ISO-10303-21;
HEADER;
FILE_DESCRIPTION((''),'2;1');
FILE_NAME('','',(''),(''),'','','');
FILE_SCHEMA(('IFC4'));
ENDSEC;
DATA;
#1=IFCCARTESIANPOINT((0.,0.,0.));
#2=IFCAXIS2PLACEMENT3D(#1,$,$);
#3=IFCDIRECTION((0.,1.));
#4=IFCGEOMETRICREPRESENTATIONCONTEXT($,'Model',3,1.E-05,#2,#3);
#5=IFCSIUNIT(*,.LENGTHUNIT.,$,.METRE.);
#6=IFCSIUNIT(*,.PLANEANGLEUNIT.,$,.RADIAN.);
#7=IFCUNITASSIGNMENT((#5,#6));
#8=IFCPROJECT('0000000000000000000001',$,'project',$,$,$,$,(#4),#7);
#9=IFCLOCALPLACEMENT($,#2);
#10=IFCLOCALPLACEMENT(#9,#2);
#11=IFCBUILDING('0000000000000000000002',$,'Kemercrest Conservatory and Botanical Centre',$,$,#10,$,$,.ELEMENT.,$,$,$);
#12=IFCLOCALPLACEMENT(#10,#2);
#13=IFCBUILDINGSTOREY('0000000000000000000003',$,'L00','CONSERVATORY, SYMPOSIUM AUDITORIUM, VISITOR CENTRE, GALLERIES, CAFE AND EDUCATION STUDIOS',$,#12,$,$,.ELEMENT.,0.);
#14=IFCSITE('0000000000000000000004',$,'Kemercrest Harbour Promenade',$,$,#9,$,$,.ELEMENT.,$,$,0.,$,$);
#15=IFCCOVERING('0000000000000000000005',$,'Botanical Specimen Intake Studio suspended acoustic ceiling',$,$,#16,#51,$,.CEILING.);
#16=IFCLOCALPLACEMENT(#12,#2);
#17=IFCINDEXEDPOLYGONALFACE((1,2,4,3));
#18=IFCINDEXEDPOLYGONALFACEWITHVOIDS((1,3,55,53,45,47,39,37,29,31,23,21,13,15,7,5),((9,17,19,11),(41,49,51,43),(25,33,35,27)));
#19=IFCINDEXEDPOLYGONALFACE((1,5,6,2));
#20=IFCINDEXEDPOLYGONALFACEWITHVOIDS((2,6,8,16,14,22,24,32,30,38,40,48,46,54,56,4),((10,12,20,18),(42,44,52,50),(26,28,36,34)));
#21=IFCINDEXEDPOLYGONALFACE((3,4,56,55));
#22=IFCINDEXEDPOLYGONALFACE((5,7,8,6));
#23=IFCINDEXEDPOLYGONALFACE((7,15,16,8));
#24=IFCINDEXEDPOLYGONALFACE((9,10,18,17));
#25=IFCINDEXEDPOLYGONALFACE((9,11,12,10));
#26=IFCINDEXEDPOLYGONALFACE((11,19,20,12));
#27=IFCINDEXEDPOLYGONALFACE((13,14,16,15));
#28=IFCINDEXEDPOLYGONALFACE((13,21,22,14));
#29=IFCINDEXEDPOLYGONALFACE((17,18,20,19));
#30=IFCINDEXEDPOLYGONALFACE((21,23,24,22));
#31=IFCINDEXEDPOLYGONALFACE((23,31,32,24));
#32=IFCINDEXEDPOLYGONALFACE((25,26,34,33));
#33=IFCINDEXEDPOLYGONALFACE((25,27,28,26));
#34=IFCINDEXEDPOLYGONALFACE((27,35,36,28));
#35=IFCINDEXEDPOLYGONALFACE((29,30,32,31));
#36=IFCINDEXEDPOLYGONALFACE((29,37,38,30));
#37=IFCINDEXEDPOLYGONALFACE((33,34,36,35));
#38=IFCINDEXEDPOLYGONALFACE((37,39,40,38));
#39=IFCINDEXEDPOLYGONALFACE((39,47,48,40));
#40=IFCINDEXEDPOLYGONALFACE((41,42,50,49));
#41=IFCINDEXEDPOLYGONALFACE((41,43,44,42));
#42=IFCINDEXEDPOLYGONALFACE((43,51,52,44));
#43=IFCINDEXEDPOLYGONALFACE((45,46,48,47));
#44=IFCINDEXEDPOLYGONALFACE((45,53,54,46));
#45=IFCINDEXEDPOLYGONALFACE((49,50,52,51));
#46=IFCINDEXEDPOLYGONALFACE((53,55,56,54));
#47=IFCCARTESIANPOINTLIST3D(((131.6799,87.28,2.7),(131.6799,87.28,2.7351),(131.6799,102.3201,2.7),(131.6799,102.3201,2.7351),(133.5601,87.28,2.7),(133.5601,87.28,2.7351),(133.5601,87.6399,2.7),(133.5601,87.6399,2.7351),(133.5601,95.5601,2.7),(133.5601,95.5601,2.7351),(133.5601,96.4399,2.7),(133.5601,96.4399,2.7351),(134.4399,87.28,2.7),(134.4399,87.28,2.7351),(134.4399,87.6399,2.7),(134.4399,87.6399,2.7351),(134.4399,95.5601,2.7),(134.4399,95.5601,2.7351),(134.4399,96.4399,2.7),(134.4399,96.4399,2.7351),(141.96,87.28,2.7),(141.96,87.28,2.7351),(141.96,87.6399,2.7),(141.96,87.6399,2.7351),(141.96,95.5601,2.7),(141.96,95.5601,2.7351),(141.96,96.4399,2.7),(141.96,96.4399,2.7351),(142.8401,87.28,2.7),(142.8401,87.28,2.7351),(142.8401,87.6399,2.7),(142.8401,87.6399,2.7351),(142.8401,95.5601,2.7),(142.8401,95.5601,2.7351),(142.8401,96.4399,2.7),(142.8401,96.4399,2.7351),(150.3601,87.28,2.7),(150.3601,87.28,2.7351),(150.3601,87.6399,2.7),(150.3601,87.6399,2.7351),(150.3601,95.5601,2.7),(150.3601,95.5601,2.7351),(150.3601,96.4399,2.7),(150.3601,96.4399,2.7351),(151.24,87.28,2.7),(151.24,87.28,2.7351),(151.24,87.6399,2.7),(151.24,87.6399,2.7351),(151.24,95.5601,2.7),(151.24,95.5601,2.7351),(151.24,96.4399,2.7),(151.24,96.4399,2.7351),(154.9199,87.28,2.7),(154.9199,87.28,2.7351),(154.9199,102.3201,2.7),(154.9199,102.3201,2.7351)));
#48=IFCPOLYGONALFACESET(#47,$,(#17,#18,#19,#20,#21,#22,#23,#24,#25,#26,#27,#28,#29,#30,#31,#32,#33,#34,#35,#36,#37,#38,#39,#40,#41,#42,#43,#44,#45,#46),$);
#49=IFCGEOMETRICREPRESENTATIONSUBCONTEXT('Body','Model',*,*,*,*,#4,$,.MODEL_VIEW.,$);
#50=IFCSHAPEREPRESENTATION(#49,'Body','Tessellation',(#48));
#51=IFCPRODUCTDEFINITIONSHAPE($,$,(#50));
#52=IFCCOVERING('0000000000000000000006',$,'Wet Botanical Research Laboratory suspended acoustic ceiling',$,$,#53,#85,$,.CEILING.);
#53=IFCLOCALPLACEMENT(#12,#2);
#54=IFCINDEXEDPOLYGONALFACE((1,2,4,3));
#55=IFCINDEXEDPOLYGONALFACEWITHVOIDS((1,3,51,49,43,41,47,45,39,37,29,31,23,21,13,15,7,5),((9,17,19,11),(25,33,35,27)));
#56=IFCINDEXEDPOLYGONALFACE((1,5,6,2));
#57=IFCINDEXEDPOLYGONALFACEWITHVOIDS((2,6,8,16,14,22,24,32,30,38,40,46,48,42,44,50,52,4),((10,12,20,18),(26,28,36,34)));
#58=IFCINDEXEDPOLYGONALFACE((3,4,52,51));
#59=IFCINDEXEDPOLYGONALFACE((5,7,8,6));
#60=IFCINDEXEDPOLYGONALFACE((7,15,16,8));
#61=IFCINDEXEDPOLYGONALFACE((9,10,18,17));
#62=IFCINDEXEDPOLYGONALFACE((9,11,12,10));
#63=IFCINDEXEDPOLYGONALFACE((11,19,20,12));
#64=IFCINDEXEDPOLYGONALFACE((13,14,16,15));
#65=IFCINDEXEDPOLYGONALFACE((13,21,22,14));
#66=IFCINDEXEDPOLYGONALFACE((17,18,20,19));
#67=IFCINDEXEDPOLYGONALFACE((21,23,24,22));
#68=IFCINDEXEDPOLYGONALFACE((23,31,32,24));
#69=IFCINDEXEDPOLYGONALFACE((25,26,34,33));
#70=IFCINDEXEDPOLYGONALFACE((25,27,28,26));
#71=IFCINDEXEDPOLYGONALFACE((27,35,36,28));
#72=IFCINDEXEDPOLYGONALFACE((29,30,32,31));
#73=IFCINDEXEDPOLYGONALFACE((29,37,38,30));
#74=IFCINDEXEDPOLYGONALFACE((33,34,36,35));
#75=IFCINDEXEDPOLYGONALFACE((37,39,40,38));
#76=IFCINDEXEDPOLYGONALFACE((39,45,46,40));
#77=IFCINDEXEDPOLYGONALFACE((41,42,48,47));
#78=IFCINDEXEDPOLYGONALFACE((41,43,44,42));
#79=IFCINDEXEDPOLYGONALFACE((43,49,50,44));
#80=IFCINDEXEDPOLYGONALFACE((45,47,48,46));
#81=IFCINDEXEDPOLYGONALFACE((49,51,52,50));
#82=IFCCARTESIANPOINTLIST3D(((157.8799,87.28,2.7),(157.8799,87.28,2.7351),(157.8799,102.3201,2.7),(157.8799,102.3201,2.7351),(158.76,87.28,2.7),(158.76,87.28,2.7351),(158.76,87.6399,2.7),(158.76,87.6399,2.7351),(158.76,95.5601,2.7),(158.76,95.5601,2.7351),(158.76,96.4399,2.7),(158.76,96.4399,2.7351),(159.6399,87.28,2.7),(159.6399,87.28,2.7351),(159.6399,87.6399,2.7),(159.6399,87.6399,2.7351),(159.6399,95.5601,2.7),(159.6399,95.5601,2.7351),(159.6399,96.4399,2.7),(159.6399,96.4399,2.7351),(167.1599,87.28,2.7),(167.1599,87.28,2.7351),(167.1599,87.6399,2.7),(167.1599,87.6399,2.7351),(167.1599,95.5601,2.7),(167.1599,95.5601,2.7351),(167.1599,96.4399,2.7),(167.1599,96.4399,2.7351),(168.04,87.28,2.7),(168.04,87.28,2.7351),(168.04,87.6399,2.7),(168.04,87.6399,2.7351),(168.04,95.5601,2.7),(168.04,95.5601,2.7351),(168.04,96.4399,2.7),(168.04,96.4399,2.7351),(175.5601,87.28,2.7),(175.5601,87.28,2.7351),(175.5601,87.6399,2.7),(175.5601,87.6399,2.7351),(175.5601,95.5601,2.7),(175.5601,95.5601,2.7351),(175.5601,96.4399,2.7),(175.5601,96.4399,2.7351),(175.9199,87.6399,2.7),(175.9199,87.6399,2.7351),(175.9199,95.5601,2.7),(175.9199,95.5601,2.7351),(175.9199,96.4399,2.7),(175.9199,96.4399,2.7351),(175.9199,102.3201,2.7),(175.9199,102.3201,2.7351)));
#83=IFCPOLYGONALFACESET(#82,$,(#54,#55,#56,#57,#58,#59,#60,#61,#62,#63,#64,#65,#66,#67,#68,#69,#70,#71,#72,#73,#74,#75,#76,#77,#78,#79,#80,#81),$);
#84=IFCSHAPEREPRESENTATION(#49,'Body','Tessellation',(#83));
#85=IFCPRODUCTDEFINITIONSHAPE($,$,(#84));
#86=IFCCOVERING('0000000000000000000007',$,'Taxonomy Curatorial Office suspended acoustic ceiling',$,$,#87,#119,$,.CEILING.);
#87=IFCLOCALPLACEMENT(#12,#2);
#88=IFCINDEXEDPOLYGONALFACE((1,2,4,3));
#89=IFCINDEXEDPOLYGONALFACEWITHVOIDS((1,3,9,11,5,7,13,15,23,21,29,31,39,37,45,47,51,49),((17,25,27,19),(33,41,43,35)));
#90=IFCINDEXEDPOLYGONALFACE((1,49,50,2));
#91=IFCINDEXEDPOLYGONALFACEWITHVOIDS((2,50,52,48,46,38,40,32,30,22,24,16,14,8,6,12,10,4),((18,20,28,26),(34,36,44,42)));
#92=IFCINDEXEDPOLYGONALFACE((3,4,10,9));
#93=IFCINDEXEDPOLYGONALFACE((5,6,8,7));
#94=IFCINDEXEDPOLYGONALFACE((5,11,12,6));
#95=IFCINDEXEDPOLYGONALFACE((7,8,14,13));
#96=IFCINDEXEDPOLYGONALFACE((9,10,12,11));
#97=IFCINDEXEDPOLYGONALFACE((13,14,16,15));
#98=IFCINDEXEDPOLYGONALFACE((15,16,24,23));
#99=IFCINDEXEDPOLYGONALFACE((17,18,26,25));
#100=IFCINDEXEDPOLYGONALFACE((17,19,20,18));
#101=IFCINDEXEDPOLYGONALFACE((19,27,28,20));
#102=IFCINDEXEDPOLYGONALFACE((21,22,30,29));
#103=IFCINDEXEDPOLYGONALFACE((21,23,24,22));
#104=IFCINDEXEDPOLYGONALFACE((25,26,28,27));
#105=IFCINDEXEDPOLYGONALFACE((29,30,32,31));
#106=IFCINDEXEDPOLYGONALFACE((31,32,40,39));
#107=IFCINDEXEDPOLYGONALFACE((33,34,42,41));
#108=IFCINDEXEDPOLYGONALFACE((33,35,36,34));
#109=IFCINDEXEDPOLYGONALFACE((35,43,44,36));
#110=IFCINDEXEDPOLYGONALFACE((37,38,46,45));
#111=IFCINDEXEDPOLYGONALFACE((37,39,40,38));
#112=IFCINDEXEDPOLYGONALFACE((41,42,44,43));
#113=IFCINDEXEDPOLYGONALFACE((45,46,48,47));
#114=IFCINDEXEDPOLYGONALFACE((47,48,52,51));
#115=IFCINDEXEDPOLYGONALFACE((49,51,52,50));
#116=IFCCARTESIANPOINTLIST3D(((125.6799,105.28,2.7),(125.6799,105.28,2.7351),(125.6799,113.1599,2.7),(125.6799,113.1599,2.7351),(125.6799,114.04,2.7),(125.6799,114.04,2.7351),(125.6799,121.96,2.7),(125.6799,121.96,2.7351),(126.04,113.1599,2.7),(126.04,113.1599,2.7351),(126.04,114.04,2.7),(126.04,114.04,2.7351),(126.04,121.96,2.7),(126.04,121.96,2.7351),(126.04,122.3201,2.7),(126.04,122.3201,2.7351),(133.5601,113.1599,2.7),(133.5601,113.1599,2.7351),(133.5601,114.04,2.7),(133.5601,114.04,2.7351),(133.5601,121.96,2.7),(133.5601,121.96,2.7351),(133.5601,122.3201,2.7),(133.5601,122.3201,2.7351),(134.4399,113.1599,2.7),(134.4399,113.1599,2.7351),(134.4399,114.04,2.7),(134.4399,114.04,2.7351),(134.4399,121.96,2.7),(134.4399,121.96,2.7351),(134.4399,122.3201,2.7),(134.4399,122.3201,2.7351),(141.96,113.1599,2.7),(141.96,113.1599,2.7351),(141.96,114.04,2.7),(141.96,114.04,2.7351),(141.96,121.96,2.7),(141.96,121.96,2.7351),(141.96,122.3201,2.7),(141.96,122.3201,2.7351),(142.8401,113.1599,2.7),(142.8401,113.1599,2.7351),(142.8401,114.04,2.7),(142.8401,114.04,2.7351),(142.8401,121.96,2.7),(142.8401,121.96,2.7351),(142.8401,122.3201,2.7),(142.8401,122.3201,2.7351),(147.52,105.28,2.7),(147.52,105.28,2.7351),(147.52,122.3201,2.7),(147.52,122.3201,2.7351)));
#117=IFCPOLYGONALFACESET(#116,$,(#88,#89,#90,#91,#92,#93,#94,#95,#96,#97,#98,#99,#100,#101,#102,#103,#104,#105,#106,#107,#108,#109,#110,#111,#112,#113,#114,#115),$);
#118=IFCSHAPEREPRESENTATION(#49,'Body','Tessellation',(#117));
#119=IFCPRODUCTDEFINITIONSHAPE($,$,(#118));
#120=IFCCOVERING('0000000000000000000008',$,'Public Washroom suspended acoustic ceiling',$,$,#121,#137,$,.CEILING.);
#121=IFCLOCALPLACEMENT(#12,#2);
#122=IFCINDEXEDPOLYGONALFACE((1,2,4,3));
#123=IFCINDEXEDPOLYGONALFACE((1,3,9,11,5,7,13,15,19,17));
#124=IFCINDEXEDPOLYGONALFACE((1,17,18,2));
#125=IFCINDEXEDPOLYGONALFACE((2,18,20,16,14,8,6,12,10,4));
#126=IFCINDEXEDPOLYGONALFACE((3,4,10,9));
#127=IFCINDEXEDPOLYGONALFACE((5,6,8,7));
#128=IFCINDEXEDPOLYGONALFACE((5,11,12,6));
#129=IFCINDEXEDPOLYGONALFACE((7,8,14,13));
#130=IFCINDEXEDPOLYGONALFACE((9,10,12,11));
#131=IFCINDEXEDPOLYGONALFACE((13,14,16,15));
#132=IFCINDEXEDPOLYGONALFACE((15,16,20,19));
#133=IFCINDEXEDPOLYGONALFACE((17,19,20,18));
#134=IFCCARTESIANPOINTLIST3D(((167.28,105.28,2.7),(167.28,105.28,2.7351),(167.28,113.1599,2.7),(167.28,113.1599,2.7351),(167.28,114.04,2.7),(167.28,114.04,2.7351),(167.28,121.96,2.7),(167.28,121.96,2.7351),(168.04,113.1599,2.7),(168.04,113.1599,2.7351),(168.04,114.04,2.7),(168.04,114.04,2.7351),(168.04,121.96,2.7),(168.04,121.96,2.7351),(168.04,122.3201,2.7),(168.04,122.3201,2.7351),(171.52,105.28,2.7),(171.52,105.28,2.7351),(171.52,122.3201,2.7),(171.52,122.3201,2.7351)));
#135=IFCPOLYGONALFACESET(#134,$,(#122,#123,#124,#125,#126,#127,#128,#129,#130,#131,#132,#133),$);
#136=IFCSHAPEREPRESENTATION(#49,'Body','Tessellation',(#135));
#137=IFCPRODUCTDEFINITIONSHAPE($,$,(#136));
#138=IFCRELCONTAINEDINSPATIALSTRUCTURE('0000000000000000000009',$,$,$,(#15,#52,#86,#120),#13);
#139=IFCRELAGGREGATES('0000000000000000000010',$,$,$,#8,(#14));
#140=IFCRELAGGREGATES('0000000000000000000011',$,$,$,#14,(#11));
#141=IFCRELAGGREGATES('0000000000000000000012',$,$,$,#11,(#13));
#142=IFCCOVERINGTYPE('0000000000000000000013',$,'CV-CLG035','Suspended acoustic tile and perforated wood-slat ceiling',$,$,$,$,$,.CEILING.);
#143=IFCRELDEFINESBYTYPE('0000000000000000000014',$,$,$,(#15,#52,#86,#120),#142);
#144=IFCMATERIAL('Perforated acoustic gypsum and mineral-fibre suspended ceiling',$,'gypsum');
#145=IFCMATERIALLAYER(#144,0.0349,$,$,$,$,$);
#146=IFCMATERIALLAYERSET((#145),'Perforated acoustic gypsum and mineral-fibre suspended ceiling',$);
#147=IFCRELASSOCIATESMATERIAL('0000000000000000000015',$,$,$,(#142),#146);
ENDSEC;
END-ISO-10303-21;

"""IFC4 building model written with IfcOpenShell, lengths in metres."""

from ifc_helpers import new_model, si_unit, direction, frame, origin, place, context, subcontext, project, spatial, polyline, outline, extrude, material, layer, layer_set, type_object, element, save


model = new_model("IFC4")

# Units and contexts
model_context = context("Model", 3, precision=1e-05, world=origin(), true_north=direction((0.0, 1.0)))
body_context = subcontext(model_context, "Body", "Model", "MODEL_VIEW")
ifc_project = project(units=[si_unit("LENGTHUNIT", "METRE"), si_unit("PLANEANGLEUNIT", "RADIAN")], contexts=[model_context])

# Site, building, storey
site_placement = place(None, origin())
site = spatial("IfcSite", under=ifc_project, at=site_placement, Name="Kemercrest Harbour Promenade", CompositionType="ELEMENT", RefElevation=0.0)
building_placement = place(site_placement, origin())
building = spatial("IfcBuilding", under=site, at=building_placement, Name="Kemercrest Conservatory and Botanical Centre", CompositionType="ELEMENT")
storey_placement = place(building_placement, origin())
storey = spatial("IfcBuildingStorey", under=building, at=storey_placement, Name="L00", Description="CONSERVATORY, SYMPOSIUM AUDITORIUM, VISITOR CENTRE, GALLERIES, CAFE AND EDUCATION STUDIOS", CompositionType="ELEMENT", Elevation=0.0)

# Coverings
ifc_material = material(Name="Perforated acoustic gypsum and mineral-fibre suspended ceiling", Category="gypsum")
ifc_layer = layer(ifc_material, 0.0349)
ifc_layer_set = layer_set([ifc_layer], Name="Perforated acoustic gypsum and mineral-fibre suspended ceiling")
covering_type = type_object("IfcCoveringType", Name="CV-CLG035", Description="Suspended acoustic tile and perforated wood-slat ceiling", PredefinedType="CEILING", material=ifc_layer_set)
covering_1_placement = place(storey_placement, frame((0.0, 0.0, 2.7)))
element("IfcCovering", 1, at=covering_1_placement, inside=storey, type_object=covering_type, Name="Botanical Specimen Intake Studio suspended acoustic ceiling", PredefinedType="CEILING", context=body_context, shape_type="SweptSolid", body=[
    extrude(outline(polyline([(150.3601, 87.6399), (151.24, 87.6399), (151.24, 87.28), (154.9199, 87.28), (154.9199, 102.3201), (131.6799, 102.3201), (131.6799, 87.28), (133.5601, 87.28), (133.5601, 87.6399), (134.4399, 87.6399), (134.4399, 87.28), (141.96, 87.28), (141.96, 87.6399), (142.8401, 87.6399), (142.8401, 87.28), (150.3601, 87.28), (150.3601, 87.6399)]), holes=[polyline([(150.3601, 95.5601), (150.3601, 96.4399), (151.24, 96.4399), (151.24, 95.5601), (150.3601, 95.5601)]), polyline([(141.96, 95.5601), (141.96, 96.4399), (142.8401, 96.4399), (142.8401, 95.5601), (141.96, 95.5601)]), polyline([(133.5601, 95.5601), (133.5601, 96.4399), (134.4399, 96.4399), (134.4399, 95.5601), (133.5601, 95.5601)])]), origin(), (0.0, 0.0, 1.0), 0.0352),
])
covering_2_placement = place(storey_placement, frame((0.0, 0.0, 2.7)))
element("IfcCovering", 2, at=covering_2_placement, inside=storey, type_object=covering_type, Name="Wet Botanical Research Laboratory suspended acoustic ceiling", PredefinedType="CEILING", context=body_context, shape_type="SweptSolid", body=[
    extrude(outline(polyline([(167.1599, 87.6399), (168.04, 87.6399), (168.04, 87.28), (175.5601, 87.28), (175.5601, 87.6399), (175.9199, 87.6399), (175.9199, 95.5601), (175.5601, 95.5601), (175.5601, 96.4399), (175.9199, 96.4399), (175.9199, 102.3201), (157.8799, 102.3201), (157.8799, 87.28), (158.76, 87.28), (158.76, 87.6399), (159.6399, 87.6399), (159.6399, 87.28), (167.1599, 87.28), (167.1599, 87.6399)]), holes=[polyline([(167.1599, 95.5601), (167.1599, 96.4399), (168.04, 96.4399), (168.04, 95.5601), (167.1599, 95.5601)]), polyline([(158.76, 95.5601), (158.76, 96.4399), (159.6399, 96.4399), (159.6399, 95.5601), (158.76, 95.5601)])]), origin(), (0.0, 0.0, 1.0), 0.0352),
])
covering_3_placement = place(storey_placement, frame((0.0, 0.0, 2.7)))
element("IfcCovering", 3, at=covering_3_placement, inside=storey, type_object=covering_type, Name="Taxonomy Curatorial Office suspended acoustic ceiling", PredefinedType="CEILING", context=body_context, shape_type="SweptSolid", body=[
    extrude(outline(polyline([(126.04, 113.1599), (125.6799, 113.1599), (125.6799, 105.28), (147.52, 105.28), (147.52, 122.3201), (142.8401, 122.3201), (142.8401, 121.96), (141.96, 121.96), (141.96, 122.3201), (134.4399, 122.3201), (134.4399, 121.96), (133.5601, 121.96), (133.5601, 122.3201), (126.04, 122.3201), (126.04, 121.96), (125.6799, 121.96), (125.6799, 114.04), (126.04, 114.04), (126.04, 113.1599)]), holes=[polyline([(141.96, 113.1599), (141.96, 114.04), (142.8401, 114.04), (142.8401, 113.1599), (141.96, 113.1599)]), polyline([(133.5601, 113.1599), (133.5601, 114.04), (134.4399, 114.04), (134.4399, 113.1599), (133.5601, 113.1599)])]), origin(), (0.0, 0.0, 1.0), 0.0352),
])
covering_4_placement = place(storey_placement, frame((0.0, 0.0, 2.7)))
element("IfcCovering", 4, at=covering_4_placement, inside=storey, type_object=covering_type, Name="Public Washroom suspended acoustic ceiling", PredefinedType="CEILING", context=body_context, shape_type="SweptSolid", body=[
    extrude(outline(polyline([(167.28, 105.28), (171.52, 105.28), (171.52, 122.3201), (168.04, 122.3201), (168.04, 121.96), (167.28, 121.96), (167.28, 114.04), (168.04, 114.04), (168.04, 113.1599), (167.28, 113.1599), (167.28, 105.28)])), origin(), (0.0, 0.0, 1.0), 0.0352),
])

save(model, "model.ifc")
